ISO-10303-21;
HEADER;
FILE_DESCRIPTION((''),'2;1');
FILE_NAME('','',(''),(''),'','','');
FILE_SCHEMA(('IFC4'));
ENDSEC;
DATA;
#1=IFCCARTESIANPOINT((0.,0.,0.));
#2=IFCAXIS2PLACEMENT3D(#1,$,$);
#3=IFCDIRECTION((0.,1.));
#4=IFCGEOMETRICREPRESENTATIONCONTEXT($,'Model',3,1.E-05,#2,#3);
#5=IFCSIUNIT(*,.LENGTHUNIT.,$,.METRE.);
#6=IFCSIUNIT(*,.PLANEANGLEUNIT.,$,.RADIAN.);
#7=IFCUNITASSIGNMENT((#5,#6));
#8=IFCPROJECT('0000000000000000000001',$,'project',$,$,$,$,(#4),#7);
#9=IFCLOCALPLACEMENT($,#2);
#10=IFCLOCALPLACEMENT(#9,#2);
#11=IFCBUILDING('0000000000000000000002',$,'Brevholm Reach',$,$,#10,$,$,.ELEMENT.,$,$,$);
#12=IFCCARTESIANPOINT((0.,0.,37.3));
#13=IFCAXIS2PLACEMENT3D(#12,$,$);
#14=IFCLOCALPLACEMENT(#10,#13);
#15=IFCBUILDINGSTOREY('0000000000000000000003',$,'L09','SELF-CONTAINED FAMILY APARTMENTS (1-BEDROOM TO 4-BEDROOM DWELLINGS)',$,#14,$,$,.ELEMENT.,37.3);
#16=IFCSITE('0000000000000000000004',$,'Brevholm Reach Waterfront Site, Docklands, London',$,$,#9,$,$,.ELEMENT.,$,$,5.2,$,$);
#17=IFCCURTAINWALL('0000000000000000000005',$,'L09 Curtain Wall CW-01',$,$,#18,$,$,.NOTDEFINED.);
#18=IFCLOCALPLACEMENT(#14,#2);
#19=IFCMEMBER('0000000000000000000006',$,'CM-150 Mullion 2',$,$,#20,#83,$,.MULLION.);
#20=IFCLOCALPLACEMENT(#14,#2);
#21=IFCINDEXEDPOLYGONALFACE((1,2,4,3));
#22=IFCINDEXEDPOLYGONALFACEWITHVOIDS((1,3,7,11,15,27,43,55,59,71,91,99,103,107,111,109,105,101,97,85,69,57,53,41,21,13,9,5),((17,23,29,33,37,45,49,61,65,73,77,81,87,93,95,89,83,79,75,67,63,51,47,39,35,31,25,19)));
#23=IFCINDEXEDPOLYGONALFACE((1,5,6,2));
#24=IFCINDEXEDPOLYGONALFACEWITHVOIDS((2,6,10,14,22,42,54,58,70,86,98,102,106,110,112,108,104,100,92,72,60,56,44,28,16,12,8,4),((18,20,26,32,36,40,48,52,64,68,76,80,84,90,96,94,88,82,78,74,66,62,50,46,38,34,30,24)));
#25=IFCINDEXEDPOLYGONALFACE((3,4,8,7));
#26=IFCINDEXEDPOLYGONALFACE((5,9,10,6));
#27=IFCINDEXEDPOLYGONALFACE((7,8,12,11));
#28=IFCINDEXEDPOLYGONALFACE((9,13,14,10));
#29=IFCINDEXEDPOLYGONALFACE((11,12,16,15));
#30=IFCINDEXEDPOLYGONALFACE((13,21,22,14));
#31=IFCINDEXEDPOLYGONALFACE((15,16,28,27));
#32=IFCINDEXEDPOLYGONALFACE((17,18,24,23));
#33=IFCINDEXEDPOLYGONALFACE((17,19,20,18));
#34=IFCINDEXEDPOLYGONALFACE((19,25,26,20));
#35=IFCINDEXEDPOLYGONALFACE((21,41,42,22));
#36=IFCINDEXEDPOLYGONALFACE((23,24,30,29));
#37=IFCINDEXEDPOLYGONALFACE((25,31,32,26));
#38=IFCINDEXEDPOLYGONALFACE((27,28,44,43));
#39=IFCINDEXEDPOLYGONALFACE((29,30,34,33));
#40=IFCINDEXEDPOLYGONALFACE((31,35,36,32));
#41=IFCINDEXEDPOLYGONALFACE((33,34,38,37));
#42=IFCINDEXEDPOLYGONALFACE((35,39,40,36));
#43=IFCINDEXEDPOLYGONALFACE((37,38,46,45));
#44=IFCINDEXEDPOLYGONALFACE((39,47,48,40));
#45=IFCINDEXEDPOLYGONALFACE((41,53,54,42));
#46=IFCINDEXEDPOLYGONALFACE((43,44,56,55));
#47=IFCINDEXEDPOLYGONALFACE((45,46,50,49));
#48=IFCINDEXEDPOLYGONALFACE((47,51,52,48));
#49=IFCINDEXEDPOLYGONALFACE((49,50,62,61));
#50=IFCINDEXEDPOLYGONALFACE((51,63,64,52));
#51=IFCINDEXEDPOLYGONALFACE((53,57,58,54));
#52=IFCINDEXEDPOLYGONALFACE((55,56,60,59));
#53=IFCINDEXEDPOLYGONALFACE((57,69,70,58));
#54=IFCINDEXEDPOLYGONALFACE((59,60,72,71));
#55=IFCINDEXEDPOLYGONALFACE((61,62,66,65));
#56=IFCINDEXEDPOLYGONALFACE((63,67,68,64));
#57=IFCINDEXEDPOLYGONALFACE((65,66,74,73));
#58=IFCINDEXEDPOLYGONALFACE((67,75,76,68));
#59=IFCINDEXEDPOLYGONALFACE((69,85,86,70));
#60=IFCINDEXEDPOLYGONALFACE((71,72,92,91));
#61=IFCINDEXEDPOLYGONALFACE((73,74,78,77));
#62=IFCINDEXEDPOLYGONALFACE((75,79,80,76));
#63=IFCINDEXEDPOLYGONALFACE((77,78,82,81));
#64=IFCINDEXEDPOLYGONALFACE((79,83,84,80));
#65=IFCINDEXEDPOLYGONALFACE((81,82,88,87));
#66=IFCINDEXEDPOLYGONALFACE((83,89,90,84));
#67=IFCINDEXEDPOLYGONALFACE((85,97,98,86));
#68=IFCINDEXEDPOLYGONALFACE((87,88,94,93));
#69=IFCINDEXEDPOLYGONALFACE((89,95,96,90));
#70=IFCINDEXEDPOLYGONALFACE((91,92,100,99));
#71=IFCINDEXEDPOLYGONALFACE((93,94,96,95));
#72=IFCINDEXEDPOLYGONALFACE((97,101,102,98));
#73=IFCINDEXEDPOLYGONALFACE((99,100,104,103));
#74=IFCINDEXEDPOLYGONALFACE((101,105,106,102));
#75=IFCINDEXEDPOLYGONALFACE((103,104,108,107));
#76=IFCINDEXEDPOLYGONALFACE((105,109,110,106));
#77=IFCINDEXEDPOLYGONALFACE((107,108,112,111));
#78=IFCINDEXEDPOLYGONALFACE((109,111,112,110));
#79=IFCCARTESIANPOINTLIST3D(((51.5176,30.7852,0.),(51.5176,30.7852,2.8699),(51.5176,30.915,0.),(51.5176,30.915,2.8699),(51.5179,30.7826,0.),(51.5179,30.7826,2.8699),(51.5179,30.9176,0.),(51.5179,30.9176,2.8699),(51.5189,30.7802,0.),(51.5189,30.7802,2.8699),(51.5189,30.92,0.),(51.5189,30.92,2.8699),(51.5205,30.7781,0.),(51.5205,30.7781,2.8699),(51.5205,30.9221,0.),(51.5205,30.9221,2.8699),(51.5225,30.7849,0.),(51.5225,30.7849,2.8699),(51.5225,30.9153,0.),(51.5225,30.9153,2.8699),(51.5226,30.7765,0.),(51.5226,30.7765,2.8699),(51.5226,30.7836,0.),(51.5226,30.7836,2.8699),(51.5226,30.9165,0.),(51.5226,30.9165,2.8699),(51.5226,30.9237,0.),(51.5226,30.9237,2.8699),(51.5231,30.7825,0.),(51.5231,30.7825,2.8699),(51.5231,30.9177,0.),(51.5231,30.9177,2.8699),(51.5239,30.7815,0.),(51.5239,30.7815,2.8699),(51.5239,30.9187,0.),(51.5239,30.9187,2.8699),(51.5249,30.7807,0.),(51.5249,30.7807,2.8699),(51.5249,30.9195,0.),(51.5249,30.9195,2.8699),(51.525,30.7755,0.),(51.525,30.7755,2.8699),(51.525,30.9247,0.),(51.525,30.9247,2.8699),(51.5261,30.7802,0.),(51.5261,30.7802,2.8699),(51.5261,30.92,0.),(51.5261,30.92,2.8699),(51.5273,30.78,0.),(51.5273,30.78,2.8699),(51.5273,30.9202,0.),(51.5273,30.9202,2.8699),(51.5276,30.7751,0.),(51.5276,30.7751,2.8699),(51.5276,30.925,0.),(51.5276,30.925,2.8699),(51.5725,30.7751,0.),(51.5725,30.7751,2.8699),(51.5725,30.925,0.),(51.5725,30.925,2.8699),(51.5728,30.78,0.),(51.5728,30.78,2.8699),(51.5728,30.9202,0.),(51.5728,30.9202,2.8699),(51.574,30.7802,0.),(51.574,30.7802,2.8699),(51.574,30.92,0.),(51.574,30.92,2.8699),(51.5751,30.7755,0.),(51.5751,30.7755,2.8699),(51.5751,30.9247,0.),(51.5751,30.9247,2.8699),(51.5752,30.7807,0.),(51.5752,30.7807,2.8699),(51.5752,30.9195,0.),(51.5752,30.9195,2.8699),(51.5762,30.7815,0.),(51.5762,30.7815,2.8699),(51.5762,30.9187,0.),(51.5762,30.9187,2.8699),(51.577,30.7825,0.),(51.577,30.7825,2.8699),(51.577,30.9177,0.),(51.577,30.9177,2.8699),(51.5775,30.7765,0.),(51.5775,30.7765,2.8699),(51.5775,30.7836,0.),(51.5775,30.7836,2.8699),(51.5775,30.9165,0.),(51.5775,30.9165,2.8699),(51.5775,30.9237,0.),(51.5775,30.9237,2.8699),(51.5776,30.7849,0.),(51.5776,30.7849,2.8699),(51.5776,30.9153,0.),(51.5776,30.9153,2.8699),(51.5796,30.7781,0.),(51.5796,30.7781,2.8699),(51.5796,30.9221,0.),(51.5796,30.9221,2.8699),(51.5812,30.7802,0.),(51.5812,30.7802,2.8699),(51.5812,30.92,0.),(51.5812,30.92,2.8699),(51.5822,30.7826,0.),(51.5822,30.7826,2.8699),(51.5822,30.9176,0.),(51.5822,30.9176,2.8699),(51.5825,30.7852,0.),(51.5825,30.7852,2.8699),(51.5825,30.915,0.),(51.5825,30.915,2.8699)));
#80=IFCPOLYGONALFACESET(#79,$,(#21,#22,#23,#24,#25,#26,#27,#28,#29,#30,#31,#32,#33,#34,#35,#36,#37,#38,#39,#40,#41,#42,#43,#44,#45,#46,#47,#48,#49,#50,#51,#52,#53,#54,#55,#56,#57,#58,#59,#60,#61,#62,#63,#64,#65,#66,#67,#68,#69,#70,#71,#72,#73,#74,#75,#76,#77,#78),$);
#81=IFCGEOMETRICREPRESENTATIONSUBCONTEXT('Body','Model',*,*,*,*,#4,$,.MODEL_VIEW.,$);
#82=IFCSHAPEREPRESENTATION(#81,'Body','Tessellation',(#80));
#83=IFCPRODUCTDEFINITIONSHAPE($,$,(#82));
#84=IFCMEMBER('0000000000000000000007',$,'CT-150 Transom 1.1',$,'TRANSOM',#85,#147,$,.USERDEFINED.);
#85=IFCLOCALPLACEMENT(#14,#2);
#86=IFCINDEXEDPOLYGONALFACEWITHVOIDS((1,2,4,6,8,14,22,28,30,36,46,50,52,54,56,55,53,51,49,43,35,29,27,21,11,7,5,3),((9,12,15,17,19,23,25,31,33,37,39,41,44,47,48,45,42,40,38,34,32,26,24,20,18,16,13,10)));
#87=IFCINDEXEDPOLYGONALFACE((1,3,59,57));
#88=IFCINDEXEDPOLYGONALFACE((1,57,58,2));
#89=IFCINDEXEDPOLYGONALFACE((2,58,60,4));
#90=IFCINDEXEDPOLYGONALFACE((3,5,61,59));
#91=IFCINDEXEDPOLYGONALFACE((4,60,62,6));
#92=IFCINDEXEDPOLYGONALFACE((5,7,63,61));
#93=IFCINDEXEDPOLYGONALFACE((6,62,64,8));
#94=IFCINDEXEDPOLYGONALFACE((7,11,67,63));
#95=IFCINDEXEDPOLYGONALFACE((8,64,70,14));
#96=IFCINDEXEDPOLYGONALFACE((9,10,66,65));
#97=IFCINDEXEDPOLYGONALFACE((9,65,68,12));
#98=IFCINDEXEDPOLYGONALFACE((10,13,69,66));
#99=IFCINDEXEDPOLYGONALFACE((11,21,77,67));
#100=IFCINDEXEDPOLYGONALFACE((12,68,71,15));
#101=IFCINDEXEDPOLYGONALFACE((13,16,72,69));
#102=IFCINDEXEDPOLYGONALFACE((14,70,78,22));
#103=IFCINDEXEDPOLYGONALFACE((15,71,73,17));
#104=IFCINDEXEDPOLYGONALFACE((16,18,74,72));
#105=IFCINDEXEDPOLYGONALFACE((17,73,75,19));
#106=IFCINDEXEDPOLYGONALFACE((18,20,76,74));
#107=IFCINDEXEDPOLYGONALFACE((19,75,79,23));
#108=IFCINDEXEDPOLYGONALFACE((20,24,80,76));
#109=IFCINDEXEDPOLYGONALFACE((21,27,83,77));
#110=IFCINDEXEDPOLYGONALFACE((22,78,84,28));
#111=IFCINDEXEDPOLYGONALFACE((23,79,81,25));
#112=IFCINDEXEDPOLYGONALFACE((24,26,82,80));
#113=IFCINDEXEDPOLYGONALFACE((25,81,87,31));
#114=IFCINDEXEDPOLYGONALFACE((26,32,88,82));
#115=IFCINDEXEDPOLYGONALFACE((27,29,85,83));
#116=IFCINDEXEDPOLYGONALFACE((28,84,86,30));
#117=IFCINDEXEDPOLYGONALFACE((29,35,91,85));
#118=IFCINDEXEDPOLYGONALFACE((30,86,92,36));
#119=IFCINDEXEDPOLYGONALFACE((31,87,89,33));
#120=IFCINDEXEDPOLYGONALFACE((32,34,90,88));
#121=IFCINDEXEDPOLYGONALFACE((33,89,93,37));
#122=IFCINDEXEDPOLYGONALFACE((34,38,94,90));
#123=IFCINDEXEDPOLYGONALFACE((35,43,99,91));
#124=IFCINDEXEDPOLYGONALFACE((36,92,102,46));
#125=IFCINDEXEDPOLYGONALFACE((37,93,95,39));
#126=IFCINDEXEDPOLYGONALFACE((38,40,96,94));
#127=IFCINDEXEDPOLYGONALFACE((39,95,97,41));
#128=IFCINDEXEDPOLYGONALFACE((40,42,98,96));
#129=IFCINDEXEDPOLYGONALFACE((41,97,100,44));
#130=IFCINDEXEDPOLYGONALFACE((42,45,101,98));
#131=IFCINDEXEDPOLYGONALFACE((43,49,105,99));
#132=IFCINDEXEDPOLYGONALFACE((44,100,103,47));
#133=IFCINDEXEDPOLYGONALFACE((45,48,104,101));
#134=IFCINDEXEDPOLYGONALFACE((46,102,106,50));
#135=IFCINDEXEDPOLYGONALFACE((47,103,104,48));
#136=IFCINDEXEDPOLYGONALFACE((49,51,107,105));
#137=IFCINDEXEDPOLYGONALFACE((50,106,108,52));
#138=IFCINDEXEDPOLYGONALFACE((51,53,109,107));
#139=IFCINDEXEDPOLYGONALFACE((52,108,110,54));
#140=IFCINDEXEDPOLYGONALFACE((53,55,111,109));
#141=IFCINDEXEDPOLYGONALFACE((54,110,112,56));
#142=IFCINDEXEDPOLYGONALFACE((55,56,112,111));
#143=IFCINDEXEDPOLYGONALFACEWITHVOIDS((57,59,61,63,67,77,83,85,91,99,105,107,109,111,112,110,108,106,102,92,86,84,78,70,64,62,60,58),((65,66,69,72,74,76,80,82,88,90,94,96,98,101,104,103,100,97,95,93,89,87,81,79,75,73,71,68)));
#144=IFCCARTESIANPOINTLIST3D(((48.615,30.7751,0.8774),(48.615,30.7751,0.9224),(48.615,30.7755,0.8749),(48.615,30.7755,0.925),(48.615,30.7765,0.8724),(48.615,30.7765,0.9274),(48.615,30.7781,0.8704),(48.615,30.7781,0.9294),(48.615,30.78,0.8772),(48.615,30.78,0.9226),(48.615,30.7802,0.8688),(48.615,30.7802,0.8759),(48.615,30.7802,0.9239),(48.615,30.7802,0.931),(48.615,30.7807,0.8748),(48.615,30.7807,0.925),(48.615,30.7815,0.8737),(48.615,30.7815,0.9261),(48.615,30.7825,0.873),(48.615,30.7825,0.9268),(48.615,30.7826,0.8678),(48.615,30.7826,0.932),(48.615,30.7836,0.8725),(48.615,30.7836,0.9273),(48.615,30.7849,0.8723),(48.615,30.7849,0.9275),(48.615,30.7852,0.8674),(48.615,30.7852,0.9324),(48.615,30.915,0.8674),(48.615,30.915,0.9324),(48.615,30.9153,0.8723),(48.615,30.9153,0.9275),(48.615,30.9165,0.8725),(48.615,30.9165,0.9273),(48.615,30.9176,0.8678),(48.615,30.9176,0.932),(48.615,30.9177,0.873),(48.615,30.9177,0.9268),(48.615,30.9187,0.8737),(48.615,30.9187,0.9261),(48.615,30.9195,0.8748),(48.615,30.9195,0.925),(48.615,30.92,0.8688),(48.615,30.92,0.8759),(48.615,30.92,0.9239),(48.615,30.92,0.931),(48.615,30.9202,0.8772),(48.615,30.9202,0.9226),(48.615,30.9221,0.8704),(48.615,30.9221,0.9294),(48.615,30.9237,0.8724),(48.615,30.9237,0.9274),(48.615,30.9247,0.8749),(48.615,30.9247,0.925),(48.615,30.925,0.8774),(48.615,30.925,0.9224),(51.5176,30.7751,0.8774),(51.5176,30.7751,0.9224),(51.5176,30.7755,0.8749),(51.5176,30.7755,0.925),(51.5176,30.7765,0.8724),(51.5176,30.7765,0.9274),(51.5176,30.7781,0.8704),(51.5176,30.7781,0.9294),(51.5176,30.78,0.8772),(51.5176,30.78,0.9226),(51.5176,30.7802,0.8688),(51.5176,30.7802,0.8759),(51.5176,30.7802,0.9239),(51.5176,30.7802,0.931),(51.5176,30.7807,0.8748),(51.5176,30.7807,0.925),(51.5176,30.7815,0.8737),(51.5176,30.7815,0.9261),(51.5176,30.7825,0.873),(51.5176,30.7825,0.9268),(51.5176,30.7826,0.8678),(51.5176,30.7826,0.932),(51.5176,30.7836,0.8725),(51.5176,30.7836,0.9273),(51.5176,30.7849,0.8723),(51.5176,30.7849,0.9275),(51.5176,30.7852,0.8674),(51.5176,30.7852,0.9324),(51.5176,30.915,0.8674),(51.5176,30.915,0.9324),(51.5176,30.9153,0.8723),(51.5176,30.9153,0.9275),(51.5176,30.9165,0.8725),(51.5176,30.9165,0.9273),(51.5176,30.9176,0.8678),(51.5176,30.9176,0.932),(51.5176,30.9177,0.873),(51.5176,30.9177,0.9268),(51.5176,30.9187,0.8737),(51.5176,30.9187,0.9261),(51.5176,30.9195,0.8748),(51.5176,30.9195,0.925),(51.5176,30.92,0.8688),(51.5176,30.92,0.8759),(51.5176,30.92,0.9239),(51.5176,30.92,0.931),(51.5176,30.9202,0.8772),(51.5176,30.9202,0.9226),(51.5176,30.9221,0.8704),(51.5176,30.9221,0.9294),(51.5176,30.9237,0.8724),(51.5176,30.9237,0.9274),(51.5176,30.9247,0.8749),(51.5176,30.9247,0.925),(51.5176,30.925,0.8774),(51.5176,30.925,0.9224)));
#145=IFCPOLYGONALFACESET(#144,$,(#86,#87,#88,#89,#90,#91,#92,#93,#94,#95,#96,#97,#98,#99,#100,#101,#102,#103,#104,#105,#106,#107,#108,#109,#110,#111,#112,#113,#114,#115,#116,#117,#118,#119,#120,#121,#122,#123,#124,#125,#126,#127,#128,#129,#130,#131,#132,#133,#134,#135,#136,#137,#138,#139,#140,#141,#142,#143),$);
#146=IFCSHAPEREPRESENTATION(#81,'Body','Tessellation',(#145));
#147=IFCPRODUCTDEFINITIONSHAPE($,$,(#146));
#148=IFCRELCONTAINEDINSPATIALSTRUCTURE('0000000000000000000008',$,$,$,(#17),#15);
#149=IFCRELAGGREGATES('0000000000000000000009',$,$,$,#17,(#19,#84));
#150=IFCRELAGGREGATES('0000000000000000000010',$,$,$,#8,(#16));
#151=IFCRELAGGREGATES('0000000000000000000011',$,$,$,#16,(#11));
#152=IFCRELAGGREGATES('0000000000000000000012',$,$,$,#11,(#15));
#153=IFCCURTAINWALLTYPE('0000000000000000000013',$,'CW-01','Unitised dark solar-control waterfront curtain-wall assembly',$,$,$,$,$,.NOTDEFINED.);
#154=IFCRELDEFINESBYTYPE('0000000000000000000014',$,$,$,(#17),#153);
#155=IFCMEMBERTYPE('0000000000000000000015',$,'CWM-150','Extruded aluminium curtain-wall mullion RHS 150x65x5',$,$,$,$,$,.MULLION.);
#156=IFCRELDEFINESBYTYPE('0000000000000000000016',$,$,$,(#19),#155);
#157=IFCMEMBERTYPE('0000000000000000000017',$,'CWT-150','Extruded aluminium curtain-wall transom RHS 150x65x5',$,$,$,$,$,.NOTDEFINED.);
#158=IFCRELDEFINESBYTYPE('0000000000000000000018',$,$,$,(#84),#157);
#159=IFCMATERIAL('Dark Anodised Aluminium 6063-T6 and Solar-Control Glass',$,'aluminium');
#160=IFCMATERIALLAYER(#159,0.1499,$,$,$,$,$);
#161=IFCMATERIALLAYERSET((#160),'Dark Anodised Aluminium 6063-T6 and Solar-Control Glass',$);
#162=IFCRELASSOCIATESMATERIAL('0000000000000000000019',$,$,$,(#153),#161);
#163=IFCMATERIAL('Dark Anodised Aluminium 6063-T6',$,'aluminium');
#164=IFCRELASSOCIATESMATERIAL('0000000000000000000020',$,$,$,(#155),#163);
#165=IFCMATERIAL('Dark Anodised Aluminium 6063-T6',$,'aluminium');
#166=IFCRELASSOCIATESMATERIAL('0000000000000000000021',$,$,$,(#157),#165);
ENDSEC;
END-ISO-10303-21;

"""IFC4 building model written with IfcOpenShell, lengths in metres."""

from ifc_helpers import new_model, si_unit, direction, frame, origin, origin_2d, place, context, subcontext, project, spatial, hollow_rectangle, extrude, material, layer, layer_set, material_profile, profile_set, type_object, element, aggregate, save


model = new_model("IFC4")

# Units and contexts
model_context = context("Model", 3, precision=1e-05, world=origin(), true_north=direction((0.0, 1.0)))
body_context = subcontext(model_context, "Body", "Model", "MODEL_VIEW")
ifc_project = project(units=[si_unit("LENGTHUNIT", "METRE"), si_unit("PLANEANGLEUNIT", "RADIAN")], contexts=[model_context])

# Site, building, storey
site_placement = place(None, origin())
site = spatial("IfcSite", under=ifc_project, at=site_placement, Name="Brevholm Reach Waterfront Site, Docklands, London", CompositionType="ELEMENT", RefElevation=5.2)
building_placement = place(site_placement, origin())
building = spatial("IfcBuilding", under=site, at=building_placement, Name="Brevholm Reach", CompositionType="ELEMENT")
storey_placement = place(building_placement, frame((0.0, 0.0, 37.3)))
storey = spatial("IfcBuildingStorey", under=building, at=storey_placement, Name="L09", Description="SELF-CONTAINED FAMILY APARTMENTS (1-BEDROOM TO 4-BEDROOM DWELLINGS)", CompositionType="ELEMENT", Elevation=37.3)

# Curtain wall, members
ifc_material_1 = material(Name="Dark Anodised Aluminium 6063-T6 and Solar-Control Glass", Category="aluminium")
ifc_layer_1 = layer(ifc_material_1, 0.1499)
ifc_layer_set_1 = layer_set([ifc_layer_1], Name="Dark Anodised Aluminium 6063-T6 and Solar-Control Glass")
curtain_wall_type = type_object("IfcCurtainWallType", Name="CW-01", Description="Unitised dark solar-control waterfront curtain-wall assembly", PredefinedType="NOTDEFINED", material=ifc_layer_set_1)
curtain_wall_placement = place(storey_placement, origin())
curtain_wall = element("IfcCurtainWall", 1, at=curtain_wall_placement, inside=storey, type_object=curtain_wall_type, Name="L09 Curtain Wall CW-01", PredefinedType="NOTDEFINED")
ifc_material_2 = material(Name="Dark Anodised Aluminium 6063-T6", Category="aluminium")
ifc_material_profile_1 = material_profile(ifc_material_2, hollow_rectangle(XDim=0.0649, YDim=0.1499, WallThickness=0.0049, InnerFilletRadius=0.0049, OuterFilletRadius=0.01, at=origin_2d()), Name="RHS 150x65x5")
ifc_profile_set_1 = profile_set([ifc_material_profile_1], Name="Dark Anodised Aluminium 6063-T6")
member_type_1 = type_object("IfcMemberType", Name="CWM-150", Description="Extruded aluminium curtain-wall mullion RHS 150x65x5", PredefinedType="MULLION", material=ifc_profile_set_1)
member_1_placement = place(storey_placement, frame((51.55, 30.8501, 0.0), z_axis=(0.0, 0.0, 1.0), x_axis=(1.0, 0.0, 0.0)))
member_1 = element("IfcMember", 2, at=member_1_placement, type_object=member_type_1, Name="CM-150 Mullion 2", PredefinedType="MULLION", context=body_context, shape_type="SweptSolid", body=[
    extrude(hollow_rectangle(XDim=0.0649, YDim=0.1499, WallThickness=0.0049, InnerFilletRadius=0.0049, OuterFilletRadius=0.01, at=origin_2d()), origin(), (0.0, 0.0, 1.0), 2.8699),
])
ifc_material_3 = material(Name="Dark Anodised Aluminium 6063-T6", Category="aluminium")
ifc_material_profile_2 = material_profile(ifc_material_3, hollow_rectangle(XDim=0.0649, YDim=0.1499, WallThickness=0.0049, InnerFilletRadius=0.0049, OuterFilletRadius=0.01, at=origin_2d()), Name="RHS 150x65x5")
ifc_profile_set_2 = profile_set([ifc_material_profile_2], Name="Dark Anodised Aluminium 6063-T6")
member_type_2 = type_object("IfcMemberType", Name="CWT-150", Description="Extruded aluminium curtain-wall transom RHS 150x65x5", PredefinedType="NOTDEFINED", material=ifc_profile_set_2)
member_2_placement = place(storey_placement, frame((48.615, 30.8501, 0.8999), z_axis=(1.0, 0.0, 0.0), x_axis=(0.0, 0.0, 1.0)))
member_2 = element("IfcMember", 3, at=member_2_placement, type_object=member_type_2, Name="CT-150 Transom 1.1", ObjectType="TRANSOM", PredefinedType="USERDEFINED", context=body_context, shape_type="SweptSolid", body=[
    extrude(hollow_rectangle(XDim=0.0649, YDim=0.1499, WallThickness=0.0049, InnerFilletRadius=0.0049, OuterFilletRadius=0.01, at=origin_2d()), origin(), (0.0, 0.0, 1.0), 2.9026),
])
aggregate(curtain_wall, [member_1, member_2])

save(model, "model.ifc")
